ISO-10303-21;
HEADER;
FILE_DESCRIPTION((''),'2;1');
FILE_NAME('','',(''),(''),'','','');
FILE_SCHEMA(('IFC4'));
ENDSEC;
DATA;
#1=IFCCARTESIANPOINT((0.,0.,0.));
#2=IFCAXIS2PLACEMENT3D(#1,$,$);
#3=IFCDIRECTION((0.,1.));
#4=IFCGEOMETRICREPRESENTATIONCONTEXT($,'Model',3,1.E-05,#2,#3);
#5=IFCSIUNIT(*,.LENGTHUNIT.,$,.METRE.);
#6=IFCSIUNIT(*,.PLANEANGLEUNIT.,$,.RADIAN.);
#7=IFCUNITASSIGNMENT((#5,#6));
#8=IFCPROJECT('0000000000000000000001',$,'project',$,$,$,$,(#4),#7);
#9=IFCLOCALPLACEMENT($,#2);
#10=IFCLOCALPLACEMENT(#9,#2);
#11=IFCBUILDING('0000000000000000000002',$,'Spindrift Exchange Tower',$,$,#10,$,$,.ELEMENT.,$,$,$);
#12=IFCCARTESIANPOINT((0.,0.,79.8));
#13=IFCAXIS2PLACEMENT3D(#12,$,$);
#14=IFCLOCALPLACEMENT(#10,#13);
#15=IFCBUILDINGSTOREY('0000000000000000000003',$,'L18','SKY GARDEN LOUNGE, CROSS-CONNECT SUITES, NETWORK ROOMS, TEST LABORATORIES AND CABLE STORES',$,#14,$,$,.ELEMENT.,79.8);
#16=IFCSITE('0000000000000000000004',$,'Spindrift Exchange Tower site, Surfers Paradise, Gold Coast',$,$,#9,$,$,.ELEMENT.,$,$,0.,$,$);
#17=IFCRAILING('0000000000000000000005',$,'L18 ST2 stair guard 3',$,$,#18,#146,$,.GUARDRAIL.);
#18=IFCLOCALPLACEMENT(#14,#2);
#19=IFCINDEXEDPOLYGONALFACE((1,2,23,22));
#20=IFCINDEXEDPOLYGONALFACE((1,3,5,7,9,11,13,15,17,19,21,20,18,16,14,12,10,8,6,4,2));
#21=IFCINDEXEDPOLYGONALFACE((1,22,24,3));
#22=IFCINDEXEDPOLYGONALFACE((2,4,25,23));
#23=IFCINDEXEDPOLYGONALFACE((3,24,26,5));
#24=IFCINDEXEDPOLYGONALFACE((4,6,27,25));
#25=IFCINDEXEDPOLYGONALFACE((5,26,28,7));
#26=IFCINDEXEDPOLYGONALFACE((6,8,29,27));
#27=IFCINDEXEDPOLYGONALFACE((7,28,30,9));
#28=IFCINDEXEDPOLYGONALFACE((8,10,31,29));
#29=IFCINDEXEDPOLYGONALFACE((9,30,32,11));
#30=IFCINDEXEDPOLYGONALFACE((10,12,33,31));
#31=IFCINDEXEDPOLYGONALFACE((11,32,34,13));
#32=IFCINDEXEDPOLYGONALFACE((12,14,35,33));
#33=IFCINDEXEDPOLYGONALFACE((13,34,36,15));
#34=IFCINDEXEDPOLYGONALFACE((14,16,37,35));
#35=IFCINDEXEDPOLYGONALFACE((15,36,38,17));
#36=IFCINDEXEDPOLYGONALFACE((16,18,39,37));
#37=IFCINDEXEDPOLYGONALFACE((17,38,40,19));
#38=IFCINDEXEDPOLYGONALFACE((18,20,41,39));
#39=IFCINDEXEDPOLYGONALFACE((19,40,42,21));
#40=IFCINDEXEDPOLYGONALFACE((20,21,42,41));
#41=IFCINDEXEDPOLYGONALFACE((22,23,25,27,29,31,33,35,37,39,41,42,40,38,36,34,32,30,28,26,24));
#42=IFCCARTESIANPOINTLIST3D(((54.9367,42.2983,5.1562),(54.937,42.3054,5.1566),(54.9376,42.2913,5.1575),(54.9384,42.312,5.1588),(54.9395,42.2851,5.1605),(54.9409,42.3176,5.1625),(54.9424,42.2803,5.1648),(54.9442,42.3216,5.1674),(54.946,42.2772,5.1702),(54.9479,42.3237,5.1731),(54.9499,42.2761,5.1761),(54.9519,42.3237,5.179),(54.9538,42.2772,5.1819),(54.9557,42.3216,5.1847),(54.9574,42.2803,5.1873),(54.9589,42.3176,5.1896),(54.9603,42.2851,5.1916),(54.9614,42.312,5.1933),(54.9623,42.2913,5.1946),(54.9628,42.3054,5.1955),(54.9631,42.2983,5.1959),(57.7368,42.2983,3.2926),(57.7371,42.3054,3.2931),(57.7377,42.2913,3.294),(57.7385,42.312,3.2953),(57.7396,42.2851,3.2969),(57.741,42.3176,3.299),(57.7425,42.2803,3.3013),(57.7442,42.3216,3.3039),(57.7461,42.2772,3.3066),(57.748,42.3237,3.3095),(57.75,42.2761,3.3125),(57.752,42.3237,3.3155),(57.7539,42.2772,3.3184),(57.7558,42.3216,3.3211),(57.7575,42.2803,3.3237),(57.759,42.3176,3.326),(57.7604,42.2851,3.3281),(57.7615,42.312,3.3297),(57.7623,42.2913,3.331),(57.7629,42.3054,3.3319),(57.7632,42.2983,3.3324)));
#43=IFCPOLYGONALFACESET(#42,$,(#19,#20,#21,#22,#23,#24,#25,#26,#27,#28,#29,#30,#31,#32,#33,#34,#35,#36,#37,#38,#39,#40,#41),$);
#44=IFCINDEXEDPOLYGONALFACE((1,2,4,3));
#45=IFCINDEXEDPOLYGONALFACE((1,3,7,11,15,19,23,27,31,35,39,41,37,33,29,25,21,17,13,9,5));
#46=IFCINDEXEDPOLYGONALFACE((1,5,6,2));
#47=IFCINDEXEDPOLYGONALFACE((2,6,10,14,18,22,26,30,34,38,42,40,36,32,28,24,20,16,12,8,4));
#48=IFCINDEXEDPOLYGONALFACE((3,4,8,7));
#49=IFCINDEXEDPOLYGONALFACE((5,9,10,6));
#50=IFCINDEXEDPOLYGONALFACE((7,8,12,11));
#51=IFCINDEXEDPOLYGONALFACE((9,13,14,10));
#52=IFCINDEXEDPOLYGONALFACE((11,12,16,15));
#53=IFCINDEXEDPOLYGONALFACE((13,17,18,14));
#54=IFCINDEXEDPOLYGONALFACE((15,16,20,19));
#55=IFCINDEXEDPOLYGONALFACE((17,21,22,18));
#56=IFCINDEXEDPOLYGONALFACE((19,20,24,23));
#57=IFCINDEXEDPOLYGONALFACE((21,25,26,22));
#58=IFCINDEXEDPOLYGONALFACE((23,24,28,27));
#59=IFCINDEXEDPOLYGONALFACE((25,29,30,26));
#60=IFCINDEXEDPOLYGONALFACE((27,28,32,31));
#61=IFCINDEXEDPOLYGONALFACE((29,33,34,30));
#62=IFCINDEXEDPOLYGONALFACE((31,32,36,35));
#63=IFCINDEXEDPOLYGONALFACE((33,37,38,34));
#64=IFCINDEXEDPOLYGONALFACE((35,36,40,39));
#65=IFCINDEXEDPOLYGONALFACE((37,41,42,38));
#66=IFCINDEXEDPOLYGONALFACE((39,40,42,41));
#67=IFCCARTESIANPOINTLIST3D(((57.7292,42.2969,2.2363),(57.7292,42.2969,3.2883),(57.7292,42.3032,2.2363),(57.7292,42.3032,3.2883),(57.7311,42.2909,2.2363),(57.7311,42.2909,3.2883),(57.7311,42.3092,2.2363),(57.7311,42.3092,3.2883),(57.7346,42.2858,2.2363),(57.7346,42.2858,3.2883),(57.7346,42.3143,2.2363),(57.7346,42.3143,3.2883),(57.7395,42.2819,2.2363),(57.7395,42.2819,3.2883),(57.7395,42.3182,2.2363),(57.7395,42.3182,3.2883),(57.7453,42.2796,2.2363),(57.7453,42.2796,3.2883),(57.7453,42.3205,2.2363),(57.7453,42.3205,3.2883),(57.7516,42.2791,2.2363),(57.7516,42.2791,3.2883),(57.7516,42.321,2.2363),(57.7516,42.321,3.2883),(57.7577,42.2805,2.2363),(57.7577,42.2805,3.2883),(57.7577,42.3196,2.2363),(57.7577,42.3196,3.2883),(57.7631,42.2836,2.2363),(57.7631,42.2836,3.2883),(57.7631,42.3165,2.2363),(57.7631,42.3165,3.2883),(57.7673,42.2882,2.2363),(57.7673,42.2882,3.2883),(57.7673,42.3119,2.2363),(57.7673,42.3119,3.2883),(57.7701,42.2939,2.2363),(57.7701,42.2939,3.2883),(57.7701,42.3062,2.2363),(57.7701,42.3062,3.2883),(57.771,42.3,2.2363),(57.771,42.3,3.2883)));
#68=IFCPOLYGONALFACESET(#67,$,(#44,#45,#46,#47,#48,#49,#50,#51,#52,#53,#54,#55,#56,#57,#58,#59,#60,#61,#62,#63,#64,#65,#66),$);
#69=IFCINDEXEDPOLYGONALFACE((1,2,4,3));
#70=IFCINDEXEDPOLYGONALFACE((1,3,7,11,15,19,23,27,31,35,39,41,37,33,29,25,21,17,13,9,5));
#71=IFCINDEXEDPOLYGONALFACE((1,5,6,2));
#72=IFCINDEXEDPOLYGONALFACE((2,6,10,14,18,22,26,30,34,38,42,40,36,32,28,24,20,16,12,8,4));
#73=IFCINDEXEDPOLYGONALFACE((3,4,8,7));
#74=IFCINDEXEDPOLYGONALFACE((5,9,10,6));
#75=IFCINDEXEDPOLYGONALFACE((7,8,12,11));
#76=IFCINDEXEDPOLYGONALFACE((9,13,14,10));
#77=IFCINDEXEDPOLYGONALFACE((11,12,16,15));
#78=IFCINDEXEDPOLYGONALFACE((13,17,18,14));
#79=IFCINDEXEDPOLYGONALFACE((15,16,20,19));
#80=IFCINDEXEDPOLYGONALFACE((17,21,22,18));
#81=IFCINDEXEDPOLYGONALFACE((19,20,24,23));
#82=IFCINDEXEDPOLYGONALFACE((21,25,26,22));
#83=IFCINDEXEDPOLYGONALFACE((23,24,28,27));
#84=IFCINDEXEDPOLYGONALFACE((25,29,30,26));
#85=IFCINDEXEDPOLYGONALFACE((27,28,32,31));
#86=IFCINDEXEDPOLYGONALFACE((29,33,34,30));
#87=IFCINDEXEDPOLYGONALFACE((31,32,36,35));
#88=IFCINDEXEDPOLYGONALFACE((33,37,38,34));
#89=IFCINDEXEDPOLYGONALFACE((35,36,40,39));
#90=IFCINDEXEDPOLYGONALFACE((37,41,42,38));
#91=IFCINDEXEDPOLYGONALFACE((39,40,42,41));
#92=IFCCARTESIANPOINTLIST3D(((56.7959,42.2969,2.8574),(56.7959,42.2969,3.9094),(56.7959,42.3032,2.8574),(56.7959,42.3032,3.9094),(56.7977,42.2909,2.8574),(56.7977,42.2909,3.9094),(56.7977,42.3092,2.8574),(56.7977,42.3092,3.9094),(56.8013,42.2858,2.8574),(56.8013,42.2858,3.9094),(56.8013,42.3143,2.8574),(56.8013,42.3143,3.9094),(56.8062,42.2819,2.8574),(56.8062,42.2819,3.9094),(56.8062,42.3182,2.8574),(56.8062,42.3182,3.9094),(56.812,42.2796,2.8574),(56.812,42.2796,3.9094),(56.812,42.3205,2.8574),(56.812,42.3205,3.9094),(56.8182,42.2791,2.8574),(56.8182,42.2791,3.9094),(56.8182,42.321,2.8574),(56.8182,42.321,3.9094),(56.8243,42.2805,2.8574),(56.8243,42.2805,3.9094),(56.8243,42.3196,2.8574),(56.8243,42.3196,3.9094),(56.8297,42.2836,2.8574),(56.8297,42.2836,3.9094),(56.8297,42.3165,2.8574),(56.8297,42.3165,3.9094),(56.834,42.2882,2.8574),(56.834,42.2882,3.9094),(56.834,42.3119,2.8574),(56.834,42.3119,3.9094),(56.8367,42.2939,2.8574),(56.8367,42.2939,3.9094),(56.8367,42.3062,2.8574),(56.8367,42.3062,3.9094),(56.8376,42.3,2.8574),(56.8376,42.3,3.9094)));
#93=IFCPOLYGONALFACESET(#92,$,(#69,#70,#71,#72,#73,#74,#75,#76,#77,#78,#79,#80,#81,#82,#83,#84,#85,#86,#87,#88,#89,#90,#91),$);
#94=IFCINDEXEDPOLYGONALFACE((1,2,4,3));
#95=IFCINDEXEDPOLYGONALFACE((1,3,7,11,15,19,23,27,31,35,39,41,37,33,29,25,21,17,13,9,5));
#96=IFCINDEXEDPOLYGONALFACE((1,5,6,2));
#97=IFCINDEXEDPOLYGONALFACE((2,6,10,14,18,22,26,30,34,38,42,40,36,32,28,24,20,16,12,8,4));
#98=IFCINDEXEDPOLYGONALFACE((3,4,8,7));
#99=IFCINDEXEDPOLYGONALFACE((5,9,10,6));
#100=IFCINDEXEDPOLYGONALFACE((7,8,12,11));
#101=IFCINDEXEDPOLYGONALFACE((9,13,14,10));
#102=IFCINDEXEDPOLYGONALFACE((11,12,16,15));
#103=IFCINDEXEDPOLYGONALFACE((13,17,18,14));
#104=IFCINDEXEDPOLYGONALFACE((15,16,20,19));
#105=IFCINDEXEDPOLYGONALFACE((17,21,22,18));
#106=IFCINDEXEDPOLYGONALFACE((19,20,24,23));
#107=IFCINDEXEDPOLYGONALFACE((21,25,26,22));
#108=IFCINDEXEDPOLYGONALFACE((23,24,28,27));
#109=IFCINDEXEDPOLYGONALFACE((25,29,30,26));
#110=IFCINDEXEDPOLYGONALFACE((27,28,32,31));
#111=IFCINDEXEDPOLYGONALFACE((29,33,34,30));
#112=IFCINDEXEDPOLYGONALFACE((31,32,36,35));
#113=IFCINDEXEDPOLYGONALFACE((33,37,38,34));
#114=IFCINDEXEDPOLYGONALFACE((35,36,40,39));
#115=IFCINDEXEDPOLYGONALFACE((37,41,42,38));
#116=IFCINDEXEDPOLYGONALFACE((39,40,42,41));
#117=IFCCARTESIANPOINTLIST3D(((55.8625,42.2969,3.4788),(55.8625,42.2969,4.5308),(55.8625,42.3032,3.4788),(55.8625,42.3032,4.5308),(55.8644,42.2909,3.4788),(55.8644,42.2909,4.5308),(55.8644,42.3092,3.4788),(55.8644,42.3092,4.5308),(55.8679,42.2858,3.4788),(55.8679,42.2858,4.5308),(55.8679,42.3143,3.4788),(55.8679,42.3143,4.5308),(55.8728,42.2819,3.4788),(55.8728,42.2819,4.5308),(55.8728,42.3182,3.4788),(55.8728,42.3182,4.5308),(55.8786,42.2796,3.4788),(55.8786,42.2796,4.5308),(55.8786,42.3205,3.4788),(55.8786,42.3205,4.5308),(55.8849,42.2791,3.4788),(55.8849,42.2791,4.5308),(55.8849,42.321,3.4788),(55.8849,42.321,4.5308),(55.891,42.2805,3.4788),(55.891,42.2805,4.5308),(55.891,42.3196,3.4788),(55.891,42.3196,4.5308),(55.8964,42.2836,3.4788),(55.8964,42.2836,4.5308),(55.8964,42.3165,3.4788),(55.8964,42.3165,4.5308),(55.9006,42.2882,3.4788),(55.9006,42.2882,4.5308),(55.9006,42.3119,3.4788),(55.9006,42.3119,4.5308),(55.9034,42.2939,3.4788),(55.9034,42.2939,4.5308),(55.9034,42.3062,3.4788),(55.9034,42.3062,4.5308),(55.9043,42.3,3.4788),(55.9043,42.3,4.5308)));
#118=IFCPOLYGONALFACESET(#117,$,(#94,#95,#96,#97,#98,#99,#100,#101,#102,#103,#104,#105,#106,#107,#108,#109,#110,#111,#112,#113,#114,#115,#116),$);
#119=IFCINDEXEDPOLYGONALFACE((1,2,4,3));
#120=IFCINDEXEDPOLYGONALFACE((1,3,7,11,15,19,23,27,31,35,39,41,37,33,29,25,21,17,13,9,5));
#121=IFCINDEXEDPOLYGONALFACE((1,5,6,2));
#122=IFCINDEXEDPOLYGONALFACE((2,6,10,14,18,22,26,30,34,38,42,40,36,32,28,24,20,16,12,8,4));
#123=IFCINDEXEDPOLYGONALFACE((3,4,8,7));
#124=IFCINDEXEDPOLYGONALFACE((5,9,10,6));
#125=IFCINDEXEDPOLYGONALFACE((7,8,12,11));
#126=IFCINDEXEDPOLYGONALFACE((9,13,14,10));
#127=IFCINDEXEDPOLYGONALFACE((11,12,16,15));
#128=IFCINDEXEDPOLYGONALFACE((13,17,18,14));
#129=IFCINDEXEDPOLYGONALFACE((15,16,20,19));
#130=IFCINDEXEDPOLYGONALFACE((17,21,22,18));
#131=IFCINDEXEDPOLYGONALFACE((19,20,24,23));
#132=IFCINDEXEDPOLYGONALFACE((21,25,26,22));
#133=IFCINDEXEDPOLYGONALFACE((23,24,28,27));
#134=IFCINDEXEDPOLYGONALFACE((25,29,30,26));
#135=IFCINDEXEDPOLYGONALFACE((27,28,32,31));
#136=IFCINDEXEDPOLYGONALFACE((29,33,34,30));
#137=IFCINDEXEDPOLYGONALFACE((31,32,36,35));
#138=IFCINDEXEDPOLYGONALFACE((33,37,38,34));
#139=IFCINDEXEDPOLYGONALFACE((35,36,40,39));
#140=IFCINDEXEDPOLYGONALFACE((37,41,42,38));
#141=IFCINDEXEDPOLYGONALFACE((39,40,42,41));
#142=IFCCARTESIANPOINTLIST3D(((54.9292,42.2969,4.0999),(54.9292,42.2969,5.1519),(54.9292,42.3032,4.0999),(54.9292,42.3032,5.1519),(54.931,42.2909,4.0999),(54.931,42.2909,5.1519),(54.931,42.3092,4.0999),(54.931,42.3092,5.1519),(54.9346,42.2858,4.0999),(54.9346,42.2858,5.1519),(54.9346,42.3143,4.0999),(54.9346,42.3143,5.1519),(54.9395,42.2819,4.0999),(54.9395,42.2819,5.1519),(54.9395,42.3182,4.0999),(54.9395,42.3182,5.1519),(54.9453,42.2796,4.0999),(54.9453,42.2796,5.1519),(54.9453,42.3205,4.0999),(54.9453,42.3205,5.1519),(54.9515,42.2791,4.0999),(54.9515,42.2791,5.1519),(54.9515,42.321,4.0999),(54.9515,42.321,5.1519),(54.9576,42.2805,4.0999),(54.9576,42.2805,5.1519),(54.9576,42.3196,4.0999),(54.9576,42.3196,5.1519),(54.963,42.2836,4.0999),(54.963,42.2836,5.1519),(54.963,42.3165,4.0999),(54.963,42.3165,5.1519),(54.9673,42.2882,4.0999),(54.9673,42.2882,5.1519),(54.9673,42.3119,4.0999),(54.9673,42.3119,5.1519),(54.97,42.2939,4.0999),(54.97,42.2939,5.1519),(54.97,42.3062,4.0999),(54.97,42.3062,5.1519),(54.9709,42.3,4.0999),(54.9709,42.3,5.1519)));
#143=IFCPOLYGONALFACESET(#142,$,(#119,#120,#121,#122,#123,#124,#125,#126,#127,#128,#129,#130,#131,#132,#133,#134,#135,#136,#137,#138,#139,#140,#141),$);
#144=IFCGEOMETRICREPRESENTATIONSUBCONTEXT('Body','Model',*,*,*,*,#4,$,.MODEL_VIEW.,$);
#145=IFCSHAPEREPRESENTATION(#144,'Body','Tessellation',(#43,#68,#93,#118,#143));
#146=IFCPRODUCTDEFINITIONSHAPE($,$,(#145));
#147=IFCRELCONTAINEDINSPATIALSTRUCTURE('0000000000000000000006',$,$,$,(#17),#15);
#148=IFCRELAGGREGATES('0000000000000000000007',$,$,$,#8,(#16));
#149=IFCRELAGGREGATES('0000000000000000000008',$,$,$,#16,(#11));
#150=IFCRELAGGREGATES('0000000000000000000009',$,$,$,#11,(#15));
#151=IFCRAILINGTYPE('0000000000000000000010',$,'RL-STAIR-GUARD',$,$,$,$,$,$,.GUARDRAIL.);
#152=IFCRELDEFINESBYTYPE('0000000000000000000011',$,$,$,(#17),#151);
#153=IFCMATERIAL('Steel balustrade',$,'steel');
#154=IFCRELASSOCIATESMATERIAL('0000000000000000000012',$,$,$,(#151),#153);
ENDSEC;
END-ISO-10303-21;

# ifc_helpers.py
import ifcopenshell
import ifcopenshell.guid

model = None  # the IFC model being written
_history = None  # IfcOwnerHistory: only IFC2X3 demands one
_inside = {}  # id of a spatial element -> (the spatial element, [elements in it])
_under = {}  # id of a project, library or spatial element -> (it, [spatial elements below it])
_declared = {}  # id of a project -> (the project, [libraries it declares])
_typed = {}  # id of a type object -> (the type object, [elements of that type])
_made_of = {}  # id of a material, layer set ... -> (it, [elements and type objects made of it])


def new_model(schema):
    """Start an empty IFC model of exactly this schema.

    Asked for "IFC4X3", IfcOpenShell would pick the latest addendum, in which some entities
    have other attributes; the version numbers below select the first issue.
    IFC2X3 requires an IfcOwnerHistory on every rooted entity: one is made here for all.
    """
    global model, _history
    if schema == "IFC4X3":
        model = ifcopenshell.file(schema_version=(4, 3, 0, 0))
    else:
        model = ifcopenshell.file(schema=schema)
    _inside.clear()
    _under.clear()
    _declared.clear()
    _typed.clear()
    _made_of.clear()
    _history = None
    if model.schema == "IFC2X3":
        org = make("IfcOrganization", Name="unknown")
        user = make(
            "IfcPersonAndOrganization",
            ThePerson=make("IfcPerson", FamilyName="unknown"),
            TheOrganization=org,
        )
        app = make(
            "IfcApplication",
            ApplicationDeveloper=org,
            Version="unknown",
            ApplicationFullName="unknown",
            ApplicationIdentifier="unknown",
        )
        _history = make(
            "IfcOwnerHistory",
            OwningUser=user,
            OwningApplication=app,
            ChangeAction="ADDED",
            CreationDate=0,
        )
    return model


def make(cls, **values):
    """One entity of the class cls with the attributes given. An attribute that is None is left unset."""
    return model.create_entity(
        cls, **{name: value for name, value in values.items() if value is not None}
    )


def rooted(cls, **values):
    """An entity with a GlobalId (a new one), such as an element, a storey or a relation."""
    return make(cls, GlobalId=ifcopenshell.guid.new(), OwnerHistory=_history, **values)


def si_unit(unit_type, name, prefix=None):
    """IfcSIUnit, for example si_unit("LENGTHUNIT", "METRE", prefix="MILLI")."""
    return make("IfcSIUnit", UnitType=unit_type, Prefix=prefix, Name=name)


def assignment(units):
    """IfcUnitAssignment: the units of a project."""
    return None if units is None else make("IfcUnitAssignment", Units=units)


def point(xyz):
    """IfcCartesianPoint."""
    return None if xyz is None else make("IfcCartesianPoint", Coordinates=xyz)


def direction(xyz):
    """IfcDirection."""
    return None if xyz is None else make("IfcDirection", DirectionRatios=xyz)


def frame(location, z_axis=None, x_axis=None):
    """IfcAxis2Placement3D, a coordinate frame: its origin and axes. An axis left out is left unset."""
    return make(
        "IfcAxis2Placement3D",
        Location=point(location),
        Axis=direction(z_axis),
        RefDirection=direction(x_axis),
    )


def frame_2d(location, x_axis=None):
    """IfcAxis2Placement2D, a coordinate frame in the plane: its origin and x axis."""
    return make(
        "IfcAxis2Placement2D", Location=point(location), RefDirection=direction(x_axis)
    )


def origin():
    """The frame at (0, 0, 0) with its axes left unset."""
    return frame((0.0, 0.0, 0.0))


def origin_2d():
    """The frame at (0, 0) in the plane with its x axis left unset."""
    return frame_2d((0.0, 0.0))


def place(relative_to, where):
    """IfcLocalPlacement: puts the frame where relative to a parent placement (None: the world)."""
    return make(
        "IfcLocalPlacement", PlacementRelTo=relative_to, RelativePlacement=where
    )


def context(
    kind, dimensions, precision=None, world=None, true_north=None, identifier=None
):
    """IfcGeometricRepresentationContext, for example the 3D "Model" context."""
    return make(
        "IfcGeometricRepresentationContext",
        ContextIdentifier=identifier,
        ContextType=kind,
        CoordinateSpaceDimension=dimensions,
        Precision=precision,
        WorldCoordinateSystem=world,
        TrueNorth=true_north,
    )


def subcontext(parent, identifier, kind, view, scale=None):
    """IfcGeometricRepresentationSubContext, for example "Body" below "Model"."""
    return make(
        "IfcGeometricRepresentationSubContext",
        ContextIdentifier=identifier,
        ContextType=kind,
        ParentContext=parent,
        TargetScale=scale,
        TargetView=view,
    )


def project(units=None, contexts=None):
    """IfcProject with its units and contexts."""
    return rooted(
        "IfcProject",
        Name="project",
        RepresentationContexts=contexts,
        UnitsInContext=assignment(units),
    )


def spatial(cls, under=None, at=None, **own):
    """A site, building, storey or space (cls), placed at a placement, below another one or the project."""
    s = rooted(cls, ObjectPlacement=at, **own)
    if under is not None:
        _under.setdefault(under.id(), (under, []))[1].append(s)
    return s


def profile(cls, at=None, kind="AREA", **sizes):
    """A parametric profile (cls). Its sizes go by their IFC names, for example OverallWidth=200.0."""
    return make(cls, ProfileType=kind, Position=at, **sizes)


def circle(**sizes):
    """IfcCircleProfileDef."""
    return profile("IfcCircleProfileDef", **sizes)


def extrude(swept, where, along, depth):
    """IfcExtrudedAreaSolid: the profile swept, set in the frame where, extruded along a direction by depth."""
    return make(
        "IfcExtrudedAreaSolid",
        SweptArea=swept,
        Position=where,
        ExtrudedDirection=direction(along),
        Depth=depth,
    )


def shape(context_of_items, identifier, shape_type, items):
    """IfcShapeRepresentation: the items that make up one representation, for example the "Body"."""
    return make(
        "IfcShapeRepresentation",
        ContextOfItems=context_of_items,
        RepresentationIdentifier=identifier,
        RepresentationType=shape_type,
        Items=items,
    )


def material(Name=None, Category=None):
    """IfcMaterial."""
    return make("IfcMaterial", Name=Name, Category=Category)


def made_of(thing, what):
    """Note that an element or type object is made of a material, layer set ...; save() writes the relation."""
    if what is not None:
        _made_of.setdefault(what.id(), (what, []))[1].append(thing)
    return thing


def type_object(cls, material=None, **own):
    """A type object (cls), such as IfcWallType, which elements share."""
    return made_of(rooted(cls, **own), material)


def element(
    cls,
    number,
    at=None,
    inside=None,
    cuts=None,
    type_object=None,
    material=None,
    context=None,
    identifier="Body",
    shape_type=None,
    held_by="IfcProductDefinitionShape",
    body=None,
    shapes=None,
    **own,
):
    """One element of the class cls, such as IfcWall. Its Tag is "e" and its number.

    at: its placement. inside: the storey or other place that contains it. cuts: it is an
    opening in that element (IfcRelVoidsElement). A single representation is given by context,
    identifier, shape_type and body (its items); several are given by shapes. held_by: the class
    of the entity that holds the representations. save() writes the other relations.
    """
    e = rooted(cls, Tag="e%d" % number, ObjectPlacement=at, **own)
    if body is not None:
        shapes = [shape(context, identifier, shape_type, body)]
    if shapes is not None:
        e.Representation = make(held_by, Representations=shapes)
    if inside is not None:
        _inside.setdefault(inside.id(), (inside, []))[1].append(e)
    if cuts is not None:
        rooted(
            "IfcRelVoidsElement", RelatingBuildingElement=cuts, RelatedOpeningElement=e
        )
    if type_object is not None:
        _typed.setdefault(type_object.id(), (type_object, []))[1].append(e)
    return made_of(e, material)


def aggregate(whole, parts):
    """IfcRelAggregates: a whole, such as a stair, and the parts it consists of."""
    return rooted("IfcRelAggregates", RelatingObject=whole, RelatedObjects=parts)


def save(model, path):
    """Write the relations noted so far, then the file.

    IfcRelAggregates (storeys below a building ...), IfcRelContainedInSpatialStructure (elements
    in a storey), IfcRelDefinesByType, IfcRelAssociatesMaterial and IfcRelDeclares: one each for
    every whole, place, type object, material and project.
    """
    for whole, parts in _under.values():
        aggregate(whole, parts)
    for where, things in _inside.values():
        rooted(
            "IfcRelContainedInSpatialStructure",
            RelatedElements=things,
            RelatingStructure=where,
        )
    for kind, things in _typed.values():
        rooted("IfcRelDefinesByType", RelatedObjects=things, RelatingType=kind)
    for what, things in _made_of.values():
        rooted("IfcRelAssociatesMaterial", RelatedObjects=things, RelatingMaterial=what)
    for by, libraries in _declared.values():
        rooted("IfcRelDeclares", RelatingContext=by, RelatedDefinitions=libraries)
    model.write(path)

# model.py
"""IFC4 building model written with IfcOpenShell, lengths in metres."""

from ifc_helpers import new_model, si_unit, direction, frame, origin, origin_2d, place, context, subcontext, project, spatial, circle, extrude, material, type_object, element, save


model = new_model("IFC4")

# Units and contexts
model_context = context("Model", 3, precision=1e-05, world=origin(), true_north=direction((0.0, 1.0)))
body_context = subcontext(model_context, "Body", "Model", "MODEL_VIEW")
ifc_project = project(units=[si_unit("LENGTHUNIT", "METRE"), si_unit("PLANEANGLEUNIT", "RADIAN")], contexts=[model_context])

# Site, building, storey
site_placement = place(None, origin())
site = spatial("IfcSite", under=ifc_project, at=site_placement, Name="Spindrift Exchange Tower site, Surfers Paradise, Gold Coast", CompositionType="ELEMENT", RefElevation=0.0)
building_placement = place(site_placement, origin())
building = spatial("IfcBuilding", under=site, at=building_placement, Name="Spindrift Exchange Tower", CompositionType="ELEMENT")
storey_placement = place(building_placement, frame((0.0, 0.0, 79.8)))
storey = spatial("IfcBuildingStorey", under=building, at=storey_placement, Name="L18", Description="SKY GARDEN LOUNGE, CROSS-CONNECT SUITES, NETWORK ROOMS, TEST LABORATORIES AND CABLE STORES", CompositionType="ELEMENT", Elevation=79.8)

# Railing
ifc_material_1 = material(Name="Steel balustrade", Category="steel")
railing_type_1 = type_object("IfcRailingType", Name="RL-STAIR-GUARD", PredefinedType="GUARDRAIL", material=ifc_material_1)
railing_1_placement = place(storey_placement, frame((57.75, 42.3, 2.2363)))
element("IfcRailing", 1, at=railing_1_placement, inside=storey, type_object=railing_type_1, Name="L18 ST2 stair guard 3", PredefinedType="GUARDRAIL", context=body_context, shape_type="SweptSolid", body=[
    extrude(circle(Radius=0.0239, at=origin_2d()), frame((0.0, 0.0, 1.0762), z_axis=(-0.832486, 0.0, 0.554047), x_axis=(0.0, -1.0, 0.0)), (0.0, 0.0, 1.0), 3.3635),
    extrude(circle(Radius=0.021, at=origin_2d()), origin(), (0.0, 0.0, 1.0), 1.052),
    extrude(circle(Radius=0.021, at=origin_2d()), frame((-0.9333, 0.0, 0.6211)), (0.0, 0.0, 1.0), 1.052),
    extrude(circle(Radius=0.021, at=origin_2d()), frame((-1.8667, 0.0, 1.2424)), (0.0, 0.0, 1.0), 1.052),
    extrude(circle(Radius=0.021, at=origin_2d()), frame((-2.8, 0.0, 1.8635)), (0.0, 0.0, 1.0), 1.052),
])

save(model, "model.ifc")
